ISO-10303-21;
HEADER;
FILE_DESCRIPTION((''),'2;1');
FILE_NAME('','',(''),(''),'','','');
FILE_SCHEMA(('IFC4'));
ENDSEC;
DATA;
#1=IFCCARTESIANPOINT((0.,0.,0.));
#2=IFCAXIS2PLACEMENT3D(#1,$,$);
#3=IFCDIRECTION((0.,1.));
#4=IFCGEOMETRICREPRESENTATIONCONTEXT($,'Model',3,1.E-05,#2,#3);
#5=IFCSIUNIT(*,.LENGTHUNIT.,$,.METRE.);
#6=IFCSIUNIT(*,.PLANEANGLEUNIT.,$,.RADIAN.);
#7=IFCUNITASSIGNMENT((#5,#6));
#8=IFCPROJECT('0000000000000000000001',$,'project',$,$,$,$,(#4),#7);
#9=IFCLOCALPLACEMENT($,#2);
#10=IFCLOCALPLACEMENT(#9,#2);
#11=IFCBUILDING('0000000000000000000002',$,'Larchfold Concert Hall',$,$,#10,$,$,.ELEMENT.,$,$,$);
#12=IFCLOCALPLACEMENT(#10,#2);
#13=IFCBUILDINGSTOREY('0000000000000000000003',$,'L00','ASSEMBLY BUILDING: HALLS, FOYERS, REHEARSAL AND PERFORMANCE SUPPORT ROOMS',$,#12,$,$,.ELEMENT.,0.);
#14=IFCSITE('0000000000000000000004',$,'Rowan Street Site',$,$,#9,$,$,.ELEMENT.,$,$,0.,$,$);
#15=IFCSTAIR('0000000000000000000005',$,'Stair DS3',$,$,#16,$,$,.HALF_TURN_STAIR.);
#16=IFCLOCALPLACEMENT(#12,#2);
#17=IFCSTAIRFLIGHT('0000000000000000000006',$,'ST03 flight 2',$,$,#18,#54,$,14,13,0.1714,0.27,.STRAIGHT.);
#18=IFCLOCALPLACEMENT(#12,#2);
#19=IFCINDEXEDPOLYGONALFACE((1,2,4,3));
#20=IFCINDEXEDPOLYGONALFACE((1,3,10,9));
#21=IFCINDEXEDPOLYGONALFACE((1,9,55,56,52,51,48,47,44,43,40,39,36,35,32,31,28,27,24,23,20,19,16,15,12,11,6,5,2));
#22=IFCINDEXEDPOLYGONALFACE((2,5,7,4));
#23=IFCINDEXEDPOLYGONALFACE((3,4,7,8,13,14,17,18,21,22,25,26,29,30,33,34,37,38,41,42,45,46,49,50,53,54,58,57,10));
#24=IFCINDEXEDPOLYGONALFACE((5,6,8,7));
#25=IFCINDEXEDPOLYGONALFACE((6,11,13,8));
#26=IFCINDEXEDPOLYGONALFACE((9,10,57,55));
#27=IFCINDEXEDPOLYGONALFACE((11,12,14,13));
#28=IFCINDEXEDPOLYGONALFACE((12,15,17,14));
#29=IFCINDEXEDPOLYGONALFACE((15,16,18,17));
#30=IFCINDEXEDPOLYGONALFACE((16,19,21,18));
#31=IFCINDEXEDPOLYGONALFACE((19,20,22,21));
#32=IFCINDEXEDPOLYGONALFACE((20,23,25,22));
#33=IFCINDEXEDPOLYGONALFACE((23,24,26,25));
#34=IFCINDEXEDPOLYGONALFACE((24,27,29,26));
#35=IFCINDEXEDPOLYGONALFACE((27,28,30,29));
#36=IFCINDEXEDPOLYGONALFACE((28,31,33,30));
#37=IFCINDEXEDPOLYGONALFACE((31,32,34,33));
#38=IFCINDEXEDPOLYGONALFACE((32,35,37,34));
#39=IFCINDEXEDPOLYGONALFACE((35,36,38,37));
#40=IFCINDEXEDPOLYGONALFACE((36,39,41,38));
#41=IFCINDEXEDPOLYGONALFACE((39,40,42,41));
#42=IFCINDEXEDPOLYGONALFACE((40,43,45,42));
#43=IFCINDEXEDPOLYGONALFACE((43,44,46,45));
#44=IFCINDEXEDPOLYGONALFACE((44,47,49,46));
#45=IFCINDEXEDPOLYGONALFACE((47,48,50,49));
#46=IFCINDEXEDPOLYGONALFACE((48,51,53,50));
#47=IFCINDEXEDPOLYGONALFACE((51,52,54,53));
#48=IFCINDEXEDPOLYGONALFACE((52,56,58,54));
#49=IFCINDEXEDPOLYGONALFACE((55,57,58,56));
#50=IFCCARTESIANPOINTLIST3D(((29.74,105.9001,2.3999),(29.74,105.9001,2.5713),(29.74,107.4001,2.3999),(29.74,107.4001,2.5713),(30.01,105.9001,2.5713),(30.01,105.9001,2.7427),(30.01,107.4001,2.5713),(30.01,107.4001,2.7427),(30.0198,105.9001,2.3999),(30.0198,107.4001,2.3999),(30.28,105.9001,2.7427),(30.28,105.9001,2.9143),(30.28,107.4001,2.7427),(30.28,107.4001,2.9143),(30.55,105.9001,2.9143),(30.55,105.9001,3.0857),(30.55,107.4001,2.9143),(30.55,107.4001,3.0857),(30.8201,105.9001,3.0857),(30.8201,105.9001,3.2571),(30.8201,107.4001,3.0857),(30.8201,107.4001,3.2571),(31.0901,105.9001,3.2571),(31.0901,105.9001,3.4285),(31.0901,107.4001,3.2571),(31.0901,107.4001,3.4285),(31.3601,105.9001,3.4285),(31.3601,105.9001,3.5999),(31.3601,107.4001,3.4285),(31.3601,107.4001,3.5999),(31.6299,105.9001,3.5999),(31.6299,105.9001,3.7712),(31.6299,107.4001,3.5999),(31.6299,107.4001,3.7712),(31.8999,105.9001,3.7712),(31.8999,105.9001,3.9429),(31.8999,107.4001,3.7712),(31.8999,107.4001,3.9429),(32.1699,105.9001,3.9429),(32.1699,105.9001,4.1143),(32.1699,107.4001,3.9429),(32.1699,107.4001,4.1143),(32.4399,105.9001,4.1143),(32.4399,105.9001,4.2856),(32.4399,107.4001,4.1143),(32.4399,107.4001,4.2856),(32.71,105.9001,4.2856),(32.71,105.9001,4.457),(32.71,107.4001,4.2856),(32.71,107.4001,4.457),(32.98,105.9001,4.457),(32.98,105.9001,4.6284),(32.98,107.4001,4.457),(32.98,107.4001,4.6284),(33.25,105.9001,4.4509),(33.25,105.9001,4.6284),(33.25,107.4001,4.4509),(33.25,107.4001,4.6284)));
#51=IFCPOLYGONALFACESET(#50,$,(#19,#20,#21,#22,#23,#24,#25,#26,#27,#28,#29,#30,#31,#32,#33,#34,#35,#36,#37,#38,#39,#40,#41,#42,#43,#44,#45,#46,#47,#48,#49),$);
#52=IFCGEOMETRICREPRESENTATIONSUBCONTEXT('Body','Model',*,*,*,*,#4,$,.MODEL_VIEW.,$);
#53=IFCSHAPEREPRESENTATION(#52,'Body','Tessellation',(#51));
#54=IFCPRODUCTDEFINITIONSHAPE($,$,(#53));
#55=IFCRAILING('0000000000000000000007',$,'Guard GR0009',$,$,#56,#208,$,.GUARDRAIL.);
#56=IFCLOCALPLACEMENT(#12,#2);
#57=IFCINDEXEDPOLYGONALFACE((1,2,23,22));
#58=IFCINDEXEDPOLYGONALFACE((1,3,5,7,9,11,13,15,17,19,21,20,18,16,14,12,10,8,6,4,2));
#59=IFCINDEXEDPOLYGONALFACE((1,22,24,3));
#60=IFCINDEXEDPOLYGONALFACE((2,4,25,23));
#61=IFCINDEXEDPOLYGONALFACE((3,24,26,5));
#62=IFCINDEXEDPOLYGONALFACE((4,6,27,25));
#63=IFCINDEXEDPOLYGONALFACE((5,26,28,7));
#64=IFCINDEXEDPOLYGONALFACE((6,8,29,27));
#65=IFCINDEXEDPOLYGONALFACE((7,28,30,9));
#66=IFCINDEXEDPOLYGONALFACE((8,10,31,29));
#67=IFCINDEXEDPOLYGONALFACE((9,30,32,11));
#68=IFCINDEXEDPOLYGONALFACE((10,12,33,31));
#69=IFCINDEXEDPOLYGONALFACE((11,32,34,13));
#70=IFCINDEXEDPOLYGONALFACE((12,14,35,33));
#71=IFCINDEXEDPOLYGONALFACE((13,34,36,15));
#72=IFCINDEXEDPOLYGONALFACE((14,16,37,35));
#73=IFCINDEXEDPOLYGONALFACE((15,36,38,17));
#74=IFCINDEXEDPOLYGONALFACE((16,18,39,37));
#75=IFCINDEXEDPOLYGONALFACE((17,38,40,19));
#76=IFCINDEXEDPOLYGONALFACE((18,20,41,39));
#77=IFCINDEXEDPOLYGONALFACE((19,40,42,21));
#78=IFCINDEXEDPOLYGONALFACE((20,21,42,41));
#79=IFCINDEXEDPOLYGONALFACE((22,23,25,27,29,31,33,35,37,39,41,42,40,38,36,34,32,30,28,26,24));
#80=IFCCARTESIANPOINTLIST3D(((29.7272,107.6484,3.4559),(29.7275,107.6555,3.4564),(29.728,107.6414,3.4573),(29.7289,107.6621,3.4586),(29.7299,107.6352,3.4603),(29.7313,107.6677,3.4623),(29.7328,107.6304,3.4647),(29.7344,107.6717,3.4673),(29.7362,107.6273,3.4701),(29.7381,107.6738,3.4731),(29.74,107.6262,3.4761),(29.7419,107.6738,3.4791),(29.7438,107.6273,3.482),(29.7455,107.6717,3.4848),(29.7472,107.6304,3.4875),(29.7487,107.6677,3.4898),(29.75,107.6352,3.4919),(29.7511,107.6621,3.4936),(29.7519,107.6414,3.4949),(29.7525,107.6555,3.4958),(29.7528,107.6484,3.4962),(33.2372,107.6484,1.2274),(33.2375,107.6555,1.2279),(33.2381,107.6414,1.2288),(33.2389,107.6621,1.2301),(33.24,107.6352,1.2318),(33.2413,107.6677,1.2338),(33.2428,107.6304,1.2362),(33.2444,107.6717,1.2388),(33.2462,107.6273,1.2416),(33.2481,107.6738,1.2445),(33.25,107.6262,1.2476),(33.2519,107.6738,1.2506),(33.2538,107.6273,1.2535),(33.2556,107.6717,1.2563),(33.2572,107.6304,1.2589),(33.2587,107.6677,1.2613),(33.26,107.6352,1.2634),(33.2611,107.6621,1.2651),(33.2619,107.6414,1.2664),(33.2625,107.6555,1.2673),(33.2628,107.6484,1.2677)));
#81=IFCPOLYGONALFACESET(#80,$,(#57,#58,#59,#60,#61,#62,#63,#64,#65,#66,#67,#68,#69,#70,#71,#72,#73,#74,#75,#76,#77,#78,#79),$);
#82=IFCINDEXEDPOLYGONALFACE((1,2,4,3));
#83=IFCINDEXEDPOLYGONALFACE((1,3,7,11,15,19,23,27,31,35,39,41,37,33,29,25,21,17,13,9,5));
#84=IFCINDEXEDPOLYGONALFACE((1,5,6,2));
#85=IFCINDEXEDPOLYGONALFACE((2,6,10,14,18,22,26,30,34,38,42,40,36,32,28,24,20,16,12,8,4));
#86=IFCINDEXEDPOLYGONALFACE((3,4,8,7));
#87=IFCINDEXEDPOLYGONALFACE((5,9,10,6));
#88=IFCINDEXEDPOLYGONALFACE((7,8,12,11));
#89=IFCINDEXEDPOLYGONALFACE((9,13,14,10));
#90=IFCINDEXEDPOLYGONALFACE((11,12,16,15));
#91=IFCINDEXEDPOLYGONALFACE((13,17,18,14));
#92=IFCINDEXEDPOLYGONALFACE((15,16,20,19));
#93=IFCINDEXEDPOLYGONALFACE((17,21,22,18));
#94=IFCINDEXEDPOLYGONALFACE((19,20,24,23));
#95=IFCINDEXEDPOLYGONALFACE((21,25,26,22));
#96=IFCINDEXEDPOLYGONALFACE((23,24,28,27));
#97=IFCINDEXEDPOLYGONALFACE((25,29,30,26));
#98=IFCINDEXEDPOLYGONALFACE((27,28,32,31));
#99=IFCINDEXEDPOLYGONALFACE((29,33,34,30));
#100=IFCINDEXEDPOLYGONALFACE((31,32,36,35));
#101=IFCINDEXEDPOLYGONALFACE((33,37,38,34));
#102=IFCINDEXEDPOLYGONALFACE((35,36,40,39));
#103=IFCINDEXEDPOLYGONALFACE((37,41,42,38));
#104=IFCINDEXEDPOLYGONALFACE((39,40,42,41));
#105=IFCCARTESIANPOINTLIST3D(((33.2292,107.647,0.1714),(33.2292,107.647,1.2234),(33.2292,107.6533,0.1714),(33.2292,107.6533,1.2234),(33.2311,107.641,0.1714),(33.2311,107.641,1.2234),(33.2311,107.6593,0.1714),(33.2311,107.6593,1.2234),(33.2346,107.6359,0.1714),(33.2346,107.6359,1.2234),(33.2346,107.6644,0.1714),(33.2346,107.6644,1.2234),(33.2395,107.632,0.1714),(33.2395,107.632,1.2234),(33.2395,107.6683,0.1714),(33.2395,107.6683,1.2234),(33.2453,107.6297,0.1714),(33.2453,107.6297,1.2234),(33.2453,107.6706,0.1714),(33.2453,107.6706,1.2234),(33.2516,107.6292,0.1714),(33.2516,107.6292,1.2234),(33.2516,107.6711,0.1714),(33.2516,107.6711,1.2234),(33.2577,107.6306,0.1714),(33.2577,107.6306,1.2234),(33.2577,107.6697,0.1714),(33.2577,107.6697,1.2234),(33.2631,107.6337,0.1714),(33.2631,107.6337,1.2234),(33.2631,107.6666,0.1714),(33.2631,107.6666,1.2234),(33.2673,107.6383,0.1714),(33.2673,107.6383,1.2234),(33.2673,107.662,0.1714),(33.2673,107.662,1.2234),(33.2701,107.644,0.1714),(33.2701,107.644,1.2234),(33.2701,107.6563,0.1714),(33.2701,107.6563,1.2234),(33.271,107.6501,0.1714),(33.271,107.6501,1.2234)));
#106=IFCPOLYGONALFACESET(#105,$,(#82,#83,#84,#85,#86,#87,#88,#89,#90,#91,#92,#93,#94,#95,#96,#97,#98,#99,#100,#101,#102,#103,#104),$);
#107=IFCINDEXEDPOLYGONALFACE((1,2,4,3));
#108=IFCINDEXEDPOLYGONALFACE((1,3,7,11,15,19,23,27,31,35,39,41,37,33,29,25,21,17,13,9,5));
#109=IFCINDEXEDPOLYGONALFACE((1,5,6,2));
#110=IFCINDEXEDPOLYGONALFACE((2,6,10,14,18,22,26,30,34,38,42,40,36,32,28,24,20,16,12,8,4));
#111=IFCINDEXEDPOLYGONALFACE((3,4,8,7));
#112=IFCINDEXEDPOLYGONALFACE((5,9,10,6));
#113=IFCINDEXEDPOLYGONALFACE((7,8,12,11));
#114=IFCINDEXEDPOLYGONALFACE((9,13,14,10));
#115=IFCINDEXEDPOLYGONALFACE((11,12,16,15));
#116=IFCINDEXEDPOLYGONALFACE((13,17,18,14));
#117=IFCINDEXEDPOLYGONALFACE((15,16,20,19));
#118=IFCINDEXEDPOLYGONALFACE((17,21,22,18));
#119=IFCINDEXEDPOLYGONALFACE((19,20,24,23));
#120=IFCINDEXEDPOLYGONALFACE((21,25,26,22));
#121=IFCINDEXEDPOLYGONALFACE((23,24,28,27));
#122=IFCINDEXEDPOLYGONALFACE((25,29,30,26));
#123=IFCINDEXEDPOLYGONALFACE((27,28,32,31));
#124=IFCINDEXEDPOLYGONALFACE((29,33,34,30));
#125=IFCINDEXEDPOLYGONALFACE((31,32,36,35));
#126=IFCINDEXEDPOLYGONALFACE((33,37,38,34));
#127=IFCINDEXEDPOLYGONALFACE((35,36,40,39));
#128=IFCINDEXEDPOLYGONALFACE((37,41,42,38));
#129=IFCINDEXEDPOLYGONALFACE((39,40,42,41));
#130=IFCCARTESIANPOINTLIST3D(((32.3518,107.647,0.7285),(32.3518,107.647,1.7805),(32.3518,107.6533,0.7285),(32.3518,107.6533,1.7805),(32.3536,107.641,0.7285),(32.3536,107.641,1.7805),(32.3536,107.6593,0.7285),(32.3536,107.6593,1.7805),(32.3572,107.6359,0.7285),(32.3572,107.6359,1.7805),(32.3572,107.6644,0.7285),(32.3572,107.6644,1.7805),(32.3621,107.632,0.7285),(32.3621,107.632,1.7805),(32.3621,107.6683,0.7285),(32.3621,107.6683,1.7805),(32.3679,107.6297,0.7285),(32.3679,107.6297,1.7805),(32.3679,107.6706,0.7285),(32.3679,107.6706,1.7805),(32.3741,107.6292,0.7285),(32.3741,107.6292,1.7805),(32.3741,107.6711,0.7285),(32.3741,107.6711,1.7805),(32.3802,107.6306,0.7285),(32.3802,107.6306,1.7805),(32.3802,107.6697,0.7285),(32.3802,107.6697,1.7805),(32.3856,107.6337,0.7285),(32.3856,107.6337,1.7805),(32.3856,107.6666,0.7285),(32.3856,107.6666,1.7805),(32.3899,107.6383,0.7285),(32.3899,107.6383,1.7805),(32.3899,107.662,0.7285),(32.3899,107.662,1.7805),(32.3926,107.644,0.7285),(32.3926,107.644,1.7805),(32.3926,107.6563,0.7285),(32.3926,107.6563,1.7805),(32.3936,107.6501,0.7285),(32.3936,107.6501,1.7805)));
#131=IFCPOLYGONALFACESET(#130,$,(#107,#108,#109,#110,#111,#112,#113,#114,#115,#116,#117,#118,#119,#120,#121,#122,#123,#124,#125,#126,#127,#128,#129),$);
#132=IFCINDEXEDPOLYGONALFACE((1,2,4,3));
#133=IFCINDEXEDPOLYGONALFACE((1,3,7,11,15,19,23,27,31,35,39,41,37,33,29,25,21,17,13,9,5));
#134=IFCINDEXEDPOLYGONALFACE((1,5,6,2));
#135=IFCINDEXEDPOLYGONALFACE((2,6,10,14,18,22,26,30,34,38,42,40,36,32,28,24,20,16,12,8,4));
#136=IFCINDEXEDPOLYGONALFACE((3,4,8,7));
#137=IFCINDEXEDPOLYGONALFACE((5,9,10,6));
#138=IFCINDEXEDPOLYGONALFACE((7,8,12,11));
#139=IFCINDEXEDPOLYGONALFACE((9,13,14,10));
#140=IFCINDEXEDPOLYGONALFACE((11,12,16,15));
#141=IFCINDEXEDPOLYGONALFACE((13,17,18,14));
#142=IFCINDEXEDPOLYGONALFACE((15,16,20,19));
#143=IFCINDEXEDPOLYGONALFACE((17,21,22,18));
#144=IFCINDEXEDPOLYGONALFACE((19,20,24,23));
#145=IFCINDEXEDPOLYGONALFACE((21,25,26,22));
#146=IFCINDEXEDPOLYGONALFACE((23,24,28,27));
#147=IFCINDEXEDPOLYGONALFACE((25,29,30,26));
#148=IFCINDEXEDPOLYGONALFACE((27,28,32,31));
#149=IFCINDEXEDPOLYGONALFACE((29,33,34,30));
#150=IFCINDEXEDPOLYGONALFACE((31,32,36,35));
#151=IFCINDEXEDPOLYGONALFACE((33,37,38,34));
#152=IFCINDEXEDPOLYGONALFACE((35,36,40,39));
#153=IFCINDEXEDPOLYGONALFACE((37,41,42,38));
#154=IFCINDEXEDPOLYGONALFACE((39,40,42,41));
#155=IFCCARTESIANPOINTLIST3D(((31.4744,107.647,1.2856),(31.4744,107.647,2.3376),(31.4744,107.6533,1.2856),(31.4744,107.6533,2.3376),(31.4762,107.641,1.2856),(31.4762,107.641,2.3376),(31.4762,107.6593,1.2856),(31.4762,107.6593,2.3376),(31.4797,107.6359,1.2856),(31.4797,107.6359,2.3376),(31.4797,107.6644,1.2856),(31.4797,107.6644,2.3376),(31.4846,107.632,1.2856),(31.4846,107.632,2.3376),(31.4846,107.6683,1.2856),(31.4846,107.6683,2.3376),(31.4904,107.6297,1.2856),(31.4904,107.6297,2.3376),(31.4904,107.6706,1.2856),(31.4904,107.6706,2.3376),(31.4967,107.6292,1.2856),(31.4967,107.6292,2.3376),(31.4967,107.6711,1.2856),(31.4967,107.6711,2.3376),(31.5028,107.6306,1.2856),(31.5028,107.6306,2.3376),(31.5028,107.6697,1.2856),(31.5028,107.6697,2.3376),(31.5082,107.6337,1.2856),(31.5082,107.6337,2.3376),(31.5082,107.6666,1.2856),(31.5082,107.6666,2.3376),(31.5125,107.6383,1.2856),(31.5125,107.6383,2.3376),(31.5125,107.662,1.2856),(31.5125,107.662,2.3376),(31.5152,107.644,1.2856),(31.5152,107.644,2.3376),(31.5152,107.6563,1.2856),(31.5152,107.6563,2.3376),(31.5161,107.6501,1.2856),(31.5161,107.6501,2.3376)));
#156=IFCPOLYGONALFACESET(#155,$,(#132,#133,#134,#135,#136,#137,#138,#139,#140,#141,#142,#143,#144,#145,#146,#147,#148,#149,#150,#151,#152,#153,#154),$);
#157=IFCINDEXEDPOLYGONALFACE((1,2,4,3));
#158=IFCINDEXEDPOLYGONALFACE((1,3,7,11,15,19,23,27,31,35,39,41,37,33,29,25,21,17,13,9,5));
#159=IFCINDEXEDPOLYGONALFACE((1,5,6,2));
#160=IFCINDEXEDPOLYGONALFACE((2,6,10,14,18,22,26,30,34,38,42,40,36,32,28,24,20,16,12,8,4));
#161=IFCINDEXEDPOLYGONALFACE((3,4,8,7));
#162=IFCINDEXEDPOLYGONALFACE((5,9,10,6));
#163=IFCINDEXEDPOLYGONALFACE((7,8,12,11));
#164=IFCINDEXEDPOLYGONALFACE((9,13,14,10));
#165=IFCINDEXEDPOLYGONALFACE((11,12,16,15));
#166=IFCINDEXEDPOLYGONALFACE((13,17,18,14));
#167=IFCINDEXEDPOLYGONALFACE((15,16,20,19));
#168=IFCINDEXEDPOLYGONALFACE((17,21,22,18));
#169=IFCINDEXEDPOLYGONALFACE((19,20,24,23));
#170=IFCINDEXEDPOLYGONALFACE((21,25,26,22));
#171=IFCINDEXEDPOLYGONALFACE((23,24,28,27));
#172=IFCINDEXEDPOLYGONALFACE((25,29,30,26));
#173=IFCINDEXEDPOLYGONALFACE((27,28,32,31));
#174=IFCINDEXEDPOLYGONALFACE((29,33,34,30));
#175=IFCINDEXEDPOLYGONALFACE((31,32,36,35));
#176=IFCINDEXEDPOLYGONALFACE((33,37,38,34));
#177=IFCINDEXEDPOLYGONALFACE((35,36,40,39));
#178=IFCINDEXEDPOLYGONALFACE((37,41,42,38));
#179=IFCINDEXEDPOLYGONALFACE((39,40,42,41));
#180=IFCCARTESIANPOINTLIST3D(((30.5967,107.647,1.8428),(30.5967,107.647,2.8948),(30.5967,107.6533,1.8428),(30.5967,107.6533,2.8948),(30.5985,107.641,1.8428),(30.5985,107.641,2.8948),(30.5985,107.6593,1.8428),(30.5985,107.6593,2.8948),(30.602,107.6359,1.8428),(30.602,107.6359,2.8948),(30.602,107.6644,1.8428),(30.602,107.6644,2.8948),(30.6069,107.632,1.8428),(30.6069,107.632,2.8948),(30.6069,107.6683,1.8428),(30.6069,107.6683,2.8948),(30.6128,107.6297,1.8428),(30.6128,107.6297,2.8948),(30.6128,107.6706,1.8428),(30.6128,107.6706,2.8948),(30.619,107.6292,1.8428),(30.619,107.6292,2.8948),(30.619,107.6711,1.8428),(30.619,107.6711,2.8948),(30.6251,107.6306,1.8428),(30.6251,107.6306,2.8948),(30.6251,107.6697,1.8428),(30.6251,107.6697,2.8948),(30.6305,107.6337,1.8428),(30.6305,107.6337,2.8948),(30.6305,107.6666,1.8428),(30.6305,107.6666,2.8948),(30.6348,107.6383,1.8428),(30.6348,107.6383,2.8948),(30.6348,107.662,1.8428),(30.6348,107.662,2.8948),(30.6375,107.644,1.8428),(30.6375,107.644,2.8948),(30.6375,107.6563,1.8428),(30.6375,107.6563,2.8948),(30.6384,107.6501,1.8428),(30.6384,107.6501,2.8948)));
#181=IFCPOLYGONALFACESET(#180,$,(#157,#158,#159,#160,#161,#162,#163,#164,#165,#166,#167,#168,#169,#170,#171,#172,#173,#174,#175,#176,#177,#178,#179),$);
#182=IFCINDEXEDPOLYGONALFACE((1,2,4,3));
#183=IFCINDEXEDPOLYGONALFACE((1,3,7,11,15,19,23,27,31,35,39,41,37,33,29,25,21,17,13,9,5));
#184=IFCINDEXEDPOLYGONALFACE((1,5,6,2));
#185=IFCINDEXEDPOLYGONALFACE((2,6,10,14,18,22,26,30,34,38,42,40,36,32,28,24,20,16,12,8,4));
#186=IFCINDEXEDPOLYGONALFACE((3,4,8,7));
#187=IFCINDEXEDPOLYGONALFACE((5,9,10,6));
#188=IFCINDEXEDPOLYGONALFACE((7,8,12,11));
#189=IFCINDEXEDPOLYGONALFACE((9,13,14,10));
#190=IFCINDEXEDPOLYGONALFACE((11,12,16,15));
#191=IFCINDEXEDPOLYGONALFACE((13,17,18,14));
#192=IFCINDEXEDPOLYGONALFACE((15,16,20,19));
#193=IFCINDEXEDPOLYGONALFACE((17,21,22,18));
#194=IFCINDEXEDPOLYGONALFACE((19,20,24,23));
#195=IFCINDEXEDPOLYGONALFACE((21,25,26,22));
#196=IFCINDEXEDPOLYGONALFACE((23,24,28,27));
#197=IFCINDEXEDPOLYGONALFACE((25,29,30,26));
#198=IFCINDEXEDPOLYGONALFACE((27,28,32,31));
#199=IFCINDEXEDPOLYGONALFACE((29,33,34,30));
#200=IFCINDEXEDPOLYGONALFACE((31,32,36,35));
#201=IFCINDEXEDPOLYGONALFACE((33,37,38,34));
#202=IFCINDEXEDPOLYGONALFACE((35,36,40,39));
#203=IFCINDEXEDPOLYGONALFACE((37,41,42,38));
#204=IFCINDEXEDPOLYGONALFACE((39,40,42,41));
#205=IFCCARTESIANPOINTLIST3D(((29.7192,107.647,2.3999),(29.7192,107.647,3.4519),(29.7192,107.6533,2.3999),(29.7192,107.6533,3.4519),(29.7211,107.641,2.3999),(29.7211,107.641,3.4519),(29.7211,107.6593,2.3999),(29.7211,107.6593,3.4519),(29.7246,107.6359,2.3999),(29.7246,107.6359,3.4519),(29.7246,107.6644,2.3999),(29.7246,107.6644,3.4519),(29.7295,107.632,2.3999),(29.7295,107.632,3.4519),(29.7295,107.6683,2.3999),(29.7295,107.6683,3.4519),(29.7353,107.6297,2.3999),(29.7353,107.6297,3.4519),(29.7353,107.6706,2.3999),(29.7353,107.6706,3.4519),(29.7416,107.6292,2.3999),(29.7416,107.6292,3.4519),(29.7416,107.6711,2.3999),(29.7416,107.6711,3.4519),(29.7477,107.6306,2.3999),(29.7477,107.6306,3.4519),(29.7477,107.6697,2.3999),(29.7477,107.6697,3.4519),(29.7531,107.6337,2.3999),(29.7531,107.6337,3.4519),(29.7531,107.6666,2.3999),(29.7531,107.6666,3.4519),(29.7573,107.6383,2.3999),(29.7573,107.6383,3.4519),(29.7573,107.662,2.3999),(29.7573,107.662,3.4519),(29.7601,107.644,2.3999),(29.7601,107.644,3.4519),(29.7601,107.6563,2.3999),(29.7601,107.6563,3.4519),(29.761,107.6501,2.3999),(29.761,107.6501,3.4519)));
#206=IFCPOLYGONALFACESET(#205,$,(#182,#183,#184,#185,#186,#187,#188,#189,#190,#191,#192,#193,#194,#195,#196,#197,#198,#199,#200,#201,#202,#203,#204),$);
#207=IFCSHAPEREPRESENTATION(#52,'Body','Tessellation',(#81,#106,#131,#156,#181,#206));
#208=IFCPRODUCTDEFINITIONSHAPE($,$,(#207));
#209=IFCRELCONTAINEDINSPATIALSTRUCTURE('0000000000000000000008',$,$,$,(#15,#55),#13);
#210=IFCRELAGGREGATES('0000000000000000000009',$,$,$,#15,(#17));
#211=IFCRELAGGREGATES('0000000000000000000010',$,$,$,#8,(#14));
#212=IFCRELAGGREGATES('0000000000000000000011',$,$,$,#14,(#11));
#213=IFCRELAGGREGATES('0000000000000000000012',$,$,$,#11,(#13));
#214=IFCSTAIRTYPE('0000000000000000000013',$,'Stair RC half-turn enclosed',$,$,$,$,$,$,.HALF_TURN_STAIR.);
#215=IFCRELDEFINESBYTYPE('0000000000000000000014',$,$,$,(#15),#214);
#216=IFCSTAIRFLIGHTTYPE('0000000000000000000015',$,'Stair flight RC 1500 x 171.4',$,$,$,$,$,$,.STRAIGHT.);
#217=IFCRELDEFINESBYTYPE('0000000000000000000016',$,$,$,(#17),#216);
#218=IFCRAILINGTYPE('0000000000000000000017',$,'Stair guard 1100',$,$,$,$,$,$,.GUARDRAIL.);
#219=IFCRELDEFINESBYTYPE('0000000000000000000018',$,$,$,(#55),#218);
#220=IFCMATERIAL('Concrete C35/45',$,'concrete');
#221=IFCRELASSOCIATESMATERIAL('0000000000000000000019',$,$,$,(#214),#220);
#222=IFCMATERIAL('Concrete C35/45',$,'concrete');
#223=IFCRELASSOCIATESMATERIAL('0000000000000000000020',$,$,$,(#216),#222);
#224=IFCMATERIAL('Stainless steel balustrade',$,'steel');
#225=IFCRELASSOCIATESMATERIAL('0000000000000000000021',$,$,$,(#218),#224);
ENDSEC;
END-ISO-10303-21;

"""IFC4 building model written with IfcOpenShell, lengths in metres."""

from ifc_helpers import new_model, si_unit, direction, frame, origin, origin_2d, place, context, subcontext, project, spatial, polyline, circle, outline, extrude, material, type_object, element, aggregate, save


model = new_model("IFC4")

# Units and contexts
model_context = context("Model", 3, precision=1e-05, world=origin(), true_north=direction((0.0, 1.0)))
body_context = subcontext(model_context, "Body", "Model", "MODEL_VIEW")
ifc_project = project(units=[si_unit("LENGTHUNIT", "METRE"), si_unit("PLANEANGLEUNIT", "RADIAN")], contexts=[model_context])

# Site, building, storey
site_placement = place(None, origin())
site = spatial("IfcSite", under=ifc_project, at=site_placement, Name="Rowan Street Site", CompositionType="ELEMENT", RefElevation=0.0)
building_placement = place(site_placement, origin())
building = spatial("IfcBuilding", under=site, at=building_placement, Name="Larchfold Concert Hall", CompositionType="ELEMENT")
storey_placement = place(building_placement, origin())
storey = spatial("IfcBuildingStorey", under=building, at=storey_placement, Name="L00", Description="ASSEMBLY BUILDING: HALLS, FOYERS, REHEARSAL AND PERFORMANCE SUPPORT ROOMS", CompositionType="ELEMENT", Elevation=0.0)

# Stair, stair flight
ifc_material_1 = material(Name="Concrete C35/45", Category="concrete")
stair_type = type_object("IfcStairType", Name="Stair RC half-turn enclosed", PredefinedType="HALF_TURN_STAIR", material=ifc_material_1)
stair_placement = place(storey_placement, origin())
stair = element("IfcStair", 1, at=stair_placement, inside=storey, type_object=stair_type, Name="Stair DS3", PredefinedType="HALF_TURN_STAIR")
ifc_material_2 = material(Name="Concrete C35/45", Category="concrete")
stair_flight_type = type_object("IfcStairFlightType", Name="Stair flight RC 1500 x 171.4", PredefinedType="STRAIGHT", material=ifc_material_2)
stair_flight_1_placement = place(storey_placement, frame((29.74, 106.6501, 2.3999), z_axis=(0.0, 0.0, 1.0), x_axis=(1.0, 0.0, 0.0)))
stair_flight_1 = element("IfcStairFlight", 2, at=stair_flight_1_placement, type_object=stair_flight_type, Name="ST03 flight 2", NumberOfRisers=14, NumberOfTreads=13, PredefinedType="STRAIGHT", RiserHeight=0.1714, TreadLength=0.27, context=body_context, shape_type="SweptSolid", body=[
    extrude(outline(polyline([(0.0, 0.0), (0.0, 0.1714), (0.27, 0.1714), (0.27, 0.3428), (0.54, 0.3428), (0.54, 0.5144), (0.8101, 0.5144), (0.8101, 0.6858), (1.0801, 0.6858), (1.0801, 0.8572), (1.3501, 0.8572), (1.3501, 1.0286), (1.6201, 1.0286), (1.6201, 1.2), (1.8899, 1.2), (1.8899, 1.3713), (2.1599, 1.3713), (2.1599, 1.543), (2.4299, 1.543), (2.4299, 1.7144), (2.7, 1.7144), (2.7, 1.8857), (2.97, 1.8857), (2.97, 2.0571), (3.24, 2.0571), (3.24, 2.2285), (3.51, 2.2285), (3.51, 2.3999), (3.51, 2.051), (0.2798, 0.0), (0.0, 0.0)])), frame((0.0, 0.75, 0.0), z_axis=(0.0, -1.0, 0.0), x_axis=(1.0, 0.0, 0.0)), (0.0, 0.0, 1.0), 1.5),
])
aggregate(stair, [stair_flight_1])

# Railing
ifc_material_3 = material(Name="Stainless steel balustrade", Category="steel")
railing_type_1 = type_object("IfcRailingType", Name="Stair guard 1100", PredefinedType="GUARDRAIL", material=ifc_material_3)
railing_1_placement = place(storey_placement, frame((33.25, 107.6501, 0.1714)))
element("IfcRailing", 3, at=railing_1_placement, inside=storey, type_object=railing_type_1, Name="Guard GR0009", PredefinedType="GUARDRAIL", context=body_context, shape_type="SweptSolid", body=[
    extrude(circle(Radius=0.0239, at=origin_2d()), frame((0.0, 0.0, 1.0762), z_axis=(-0.84422, 0.0, 0.535998), x_axis=(0.0, -1.0, 0.0)), (0.0, 0.0, 1.0), 4.1577),
    extrude(circle(Radius=0.021, at=origin_2d()), origin(), (0.0, 0.0, 1.0), 1.052),
    extrude(circle(Radius=0.021, at=origin_2d()), frame((-0.8774, 0.0, 0.5571)), (0.0, 0.0, 1.0), 1.052),
    extrude(circle(Radius=0.021, at=origin_2d()), frame((-1.7549, 0.0, 1.1143)), (0.0, 0.0, 1.0), 1.052),
    extrude(circle(Radius=0.021, at=origin_2d()), frame((-2.6326, 0.0, 1.6714)), (0.0, 0.0, 1.0), 1.052),
    extrude(circle(Radius=0.021, at=origin_2d()), frame((-3.51, 0.0, 2.2285)), (0.0, 0.0, 1.0), 1.052),
])

save(model, "model.ifc")
